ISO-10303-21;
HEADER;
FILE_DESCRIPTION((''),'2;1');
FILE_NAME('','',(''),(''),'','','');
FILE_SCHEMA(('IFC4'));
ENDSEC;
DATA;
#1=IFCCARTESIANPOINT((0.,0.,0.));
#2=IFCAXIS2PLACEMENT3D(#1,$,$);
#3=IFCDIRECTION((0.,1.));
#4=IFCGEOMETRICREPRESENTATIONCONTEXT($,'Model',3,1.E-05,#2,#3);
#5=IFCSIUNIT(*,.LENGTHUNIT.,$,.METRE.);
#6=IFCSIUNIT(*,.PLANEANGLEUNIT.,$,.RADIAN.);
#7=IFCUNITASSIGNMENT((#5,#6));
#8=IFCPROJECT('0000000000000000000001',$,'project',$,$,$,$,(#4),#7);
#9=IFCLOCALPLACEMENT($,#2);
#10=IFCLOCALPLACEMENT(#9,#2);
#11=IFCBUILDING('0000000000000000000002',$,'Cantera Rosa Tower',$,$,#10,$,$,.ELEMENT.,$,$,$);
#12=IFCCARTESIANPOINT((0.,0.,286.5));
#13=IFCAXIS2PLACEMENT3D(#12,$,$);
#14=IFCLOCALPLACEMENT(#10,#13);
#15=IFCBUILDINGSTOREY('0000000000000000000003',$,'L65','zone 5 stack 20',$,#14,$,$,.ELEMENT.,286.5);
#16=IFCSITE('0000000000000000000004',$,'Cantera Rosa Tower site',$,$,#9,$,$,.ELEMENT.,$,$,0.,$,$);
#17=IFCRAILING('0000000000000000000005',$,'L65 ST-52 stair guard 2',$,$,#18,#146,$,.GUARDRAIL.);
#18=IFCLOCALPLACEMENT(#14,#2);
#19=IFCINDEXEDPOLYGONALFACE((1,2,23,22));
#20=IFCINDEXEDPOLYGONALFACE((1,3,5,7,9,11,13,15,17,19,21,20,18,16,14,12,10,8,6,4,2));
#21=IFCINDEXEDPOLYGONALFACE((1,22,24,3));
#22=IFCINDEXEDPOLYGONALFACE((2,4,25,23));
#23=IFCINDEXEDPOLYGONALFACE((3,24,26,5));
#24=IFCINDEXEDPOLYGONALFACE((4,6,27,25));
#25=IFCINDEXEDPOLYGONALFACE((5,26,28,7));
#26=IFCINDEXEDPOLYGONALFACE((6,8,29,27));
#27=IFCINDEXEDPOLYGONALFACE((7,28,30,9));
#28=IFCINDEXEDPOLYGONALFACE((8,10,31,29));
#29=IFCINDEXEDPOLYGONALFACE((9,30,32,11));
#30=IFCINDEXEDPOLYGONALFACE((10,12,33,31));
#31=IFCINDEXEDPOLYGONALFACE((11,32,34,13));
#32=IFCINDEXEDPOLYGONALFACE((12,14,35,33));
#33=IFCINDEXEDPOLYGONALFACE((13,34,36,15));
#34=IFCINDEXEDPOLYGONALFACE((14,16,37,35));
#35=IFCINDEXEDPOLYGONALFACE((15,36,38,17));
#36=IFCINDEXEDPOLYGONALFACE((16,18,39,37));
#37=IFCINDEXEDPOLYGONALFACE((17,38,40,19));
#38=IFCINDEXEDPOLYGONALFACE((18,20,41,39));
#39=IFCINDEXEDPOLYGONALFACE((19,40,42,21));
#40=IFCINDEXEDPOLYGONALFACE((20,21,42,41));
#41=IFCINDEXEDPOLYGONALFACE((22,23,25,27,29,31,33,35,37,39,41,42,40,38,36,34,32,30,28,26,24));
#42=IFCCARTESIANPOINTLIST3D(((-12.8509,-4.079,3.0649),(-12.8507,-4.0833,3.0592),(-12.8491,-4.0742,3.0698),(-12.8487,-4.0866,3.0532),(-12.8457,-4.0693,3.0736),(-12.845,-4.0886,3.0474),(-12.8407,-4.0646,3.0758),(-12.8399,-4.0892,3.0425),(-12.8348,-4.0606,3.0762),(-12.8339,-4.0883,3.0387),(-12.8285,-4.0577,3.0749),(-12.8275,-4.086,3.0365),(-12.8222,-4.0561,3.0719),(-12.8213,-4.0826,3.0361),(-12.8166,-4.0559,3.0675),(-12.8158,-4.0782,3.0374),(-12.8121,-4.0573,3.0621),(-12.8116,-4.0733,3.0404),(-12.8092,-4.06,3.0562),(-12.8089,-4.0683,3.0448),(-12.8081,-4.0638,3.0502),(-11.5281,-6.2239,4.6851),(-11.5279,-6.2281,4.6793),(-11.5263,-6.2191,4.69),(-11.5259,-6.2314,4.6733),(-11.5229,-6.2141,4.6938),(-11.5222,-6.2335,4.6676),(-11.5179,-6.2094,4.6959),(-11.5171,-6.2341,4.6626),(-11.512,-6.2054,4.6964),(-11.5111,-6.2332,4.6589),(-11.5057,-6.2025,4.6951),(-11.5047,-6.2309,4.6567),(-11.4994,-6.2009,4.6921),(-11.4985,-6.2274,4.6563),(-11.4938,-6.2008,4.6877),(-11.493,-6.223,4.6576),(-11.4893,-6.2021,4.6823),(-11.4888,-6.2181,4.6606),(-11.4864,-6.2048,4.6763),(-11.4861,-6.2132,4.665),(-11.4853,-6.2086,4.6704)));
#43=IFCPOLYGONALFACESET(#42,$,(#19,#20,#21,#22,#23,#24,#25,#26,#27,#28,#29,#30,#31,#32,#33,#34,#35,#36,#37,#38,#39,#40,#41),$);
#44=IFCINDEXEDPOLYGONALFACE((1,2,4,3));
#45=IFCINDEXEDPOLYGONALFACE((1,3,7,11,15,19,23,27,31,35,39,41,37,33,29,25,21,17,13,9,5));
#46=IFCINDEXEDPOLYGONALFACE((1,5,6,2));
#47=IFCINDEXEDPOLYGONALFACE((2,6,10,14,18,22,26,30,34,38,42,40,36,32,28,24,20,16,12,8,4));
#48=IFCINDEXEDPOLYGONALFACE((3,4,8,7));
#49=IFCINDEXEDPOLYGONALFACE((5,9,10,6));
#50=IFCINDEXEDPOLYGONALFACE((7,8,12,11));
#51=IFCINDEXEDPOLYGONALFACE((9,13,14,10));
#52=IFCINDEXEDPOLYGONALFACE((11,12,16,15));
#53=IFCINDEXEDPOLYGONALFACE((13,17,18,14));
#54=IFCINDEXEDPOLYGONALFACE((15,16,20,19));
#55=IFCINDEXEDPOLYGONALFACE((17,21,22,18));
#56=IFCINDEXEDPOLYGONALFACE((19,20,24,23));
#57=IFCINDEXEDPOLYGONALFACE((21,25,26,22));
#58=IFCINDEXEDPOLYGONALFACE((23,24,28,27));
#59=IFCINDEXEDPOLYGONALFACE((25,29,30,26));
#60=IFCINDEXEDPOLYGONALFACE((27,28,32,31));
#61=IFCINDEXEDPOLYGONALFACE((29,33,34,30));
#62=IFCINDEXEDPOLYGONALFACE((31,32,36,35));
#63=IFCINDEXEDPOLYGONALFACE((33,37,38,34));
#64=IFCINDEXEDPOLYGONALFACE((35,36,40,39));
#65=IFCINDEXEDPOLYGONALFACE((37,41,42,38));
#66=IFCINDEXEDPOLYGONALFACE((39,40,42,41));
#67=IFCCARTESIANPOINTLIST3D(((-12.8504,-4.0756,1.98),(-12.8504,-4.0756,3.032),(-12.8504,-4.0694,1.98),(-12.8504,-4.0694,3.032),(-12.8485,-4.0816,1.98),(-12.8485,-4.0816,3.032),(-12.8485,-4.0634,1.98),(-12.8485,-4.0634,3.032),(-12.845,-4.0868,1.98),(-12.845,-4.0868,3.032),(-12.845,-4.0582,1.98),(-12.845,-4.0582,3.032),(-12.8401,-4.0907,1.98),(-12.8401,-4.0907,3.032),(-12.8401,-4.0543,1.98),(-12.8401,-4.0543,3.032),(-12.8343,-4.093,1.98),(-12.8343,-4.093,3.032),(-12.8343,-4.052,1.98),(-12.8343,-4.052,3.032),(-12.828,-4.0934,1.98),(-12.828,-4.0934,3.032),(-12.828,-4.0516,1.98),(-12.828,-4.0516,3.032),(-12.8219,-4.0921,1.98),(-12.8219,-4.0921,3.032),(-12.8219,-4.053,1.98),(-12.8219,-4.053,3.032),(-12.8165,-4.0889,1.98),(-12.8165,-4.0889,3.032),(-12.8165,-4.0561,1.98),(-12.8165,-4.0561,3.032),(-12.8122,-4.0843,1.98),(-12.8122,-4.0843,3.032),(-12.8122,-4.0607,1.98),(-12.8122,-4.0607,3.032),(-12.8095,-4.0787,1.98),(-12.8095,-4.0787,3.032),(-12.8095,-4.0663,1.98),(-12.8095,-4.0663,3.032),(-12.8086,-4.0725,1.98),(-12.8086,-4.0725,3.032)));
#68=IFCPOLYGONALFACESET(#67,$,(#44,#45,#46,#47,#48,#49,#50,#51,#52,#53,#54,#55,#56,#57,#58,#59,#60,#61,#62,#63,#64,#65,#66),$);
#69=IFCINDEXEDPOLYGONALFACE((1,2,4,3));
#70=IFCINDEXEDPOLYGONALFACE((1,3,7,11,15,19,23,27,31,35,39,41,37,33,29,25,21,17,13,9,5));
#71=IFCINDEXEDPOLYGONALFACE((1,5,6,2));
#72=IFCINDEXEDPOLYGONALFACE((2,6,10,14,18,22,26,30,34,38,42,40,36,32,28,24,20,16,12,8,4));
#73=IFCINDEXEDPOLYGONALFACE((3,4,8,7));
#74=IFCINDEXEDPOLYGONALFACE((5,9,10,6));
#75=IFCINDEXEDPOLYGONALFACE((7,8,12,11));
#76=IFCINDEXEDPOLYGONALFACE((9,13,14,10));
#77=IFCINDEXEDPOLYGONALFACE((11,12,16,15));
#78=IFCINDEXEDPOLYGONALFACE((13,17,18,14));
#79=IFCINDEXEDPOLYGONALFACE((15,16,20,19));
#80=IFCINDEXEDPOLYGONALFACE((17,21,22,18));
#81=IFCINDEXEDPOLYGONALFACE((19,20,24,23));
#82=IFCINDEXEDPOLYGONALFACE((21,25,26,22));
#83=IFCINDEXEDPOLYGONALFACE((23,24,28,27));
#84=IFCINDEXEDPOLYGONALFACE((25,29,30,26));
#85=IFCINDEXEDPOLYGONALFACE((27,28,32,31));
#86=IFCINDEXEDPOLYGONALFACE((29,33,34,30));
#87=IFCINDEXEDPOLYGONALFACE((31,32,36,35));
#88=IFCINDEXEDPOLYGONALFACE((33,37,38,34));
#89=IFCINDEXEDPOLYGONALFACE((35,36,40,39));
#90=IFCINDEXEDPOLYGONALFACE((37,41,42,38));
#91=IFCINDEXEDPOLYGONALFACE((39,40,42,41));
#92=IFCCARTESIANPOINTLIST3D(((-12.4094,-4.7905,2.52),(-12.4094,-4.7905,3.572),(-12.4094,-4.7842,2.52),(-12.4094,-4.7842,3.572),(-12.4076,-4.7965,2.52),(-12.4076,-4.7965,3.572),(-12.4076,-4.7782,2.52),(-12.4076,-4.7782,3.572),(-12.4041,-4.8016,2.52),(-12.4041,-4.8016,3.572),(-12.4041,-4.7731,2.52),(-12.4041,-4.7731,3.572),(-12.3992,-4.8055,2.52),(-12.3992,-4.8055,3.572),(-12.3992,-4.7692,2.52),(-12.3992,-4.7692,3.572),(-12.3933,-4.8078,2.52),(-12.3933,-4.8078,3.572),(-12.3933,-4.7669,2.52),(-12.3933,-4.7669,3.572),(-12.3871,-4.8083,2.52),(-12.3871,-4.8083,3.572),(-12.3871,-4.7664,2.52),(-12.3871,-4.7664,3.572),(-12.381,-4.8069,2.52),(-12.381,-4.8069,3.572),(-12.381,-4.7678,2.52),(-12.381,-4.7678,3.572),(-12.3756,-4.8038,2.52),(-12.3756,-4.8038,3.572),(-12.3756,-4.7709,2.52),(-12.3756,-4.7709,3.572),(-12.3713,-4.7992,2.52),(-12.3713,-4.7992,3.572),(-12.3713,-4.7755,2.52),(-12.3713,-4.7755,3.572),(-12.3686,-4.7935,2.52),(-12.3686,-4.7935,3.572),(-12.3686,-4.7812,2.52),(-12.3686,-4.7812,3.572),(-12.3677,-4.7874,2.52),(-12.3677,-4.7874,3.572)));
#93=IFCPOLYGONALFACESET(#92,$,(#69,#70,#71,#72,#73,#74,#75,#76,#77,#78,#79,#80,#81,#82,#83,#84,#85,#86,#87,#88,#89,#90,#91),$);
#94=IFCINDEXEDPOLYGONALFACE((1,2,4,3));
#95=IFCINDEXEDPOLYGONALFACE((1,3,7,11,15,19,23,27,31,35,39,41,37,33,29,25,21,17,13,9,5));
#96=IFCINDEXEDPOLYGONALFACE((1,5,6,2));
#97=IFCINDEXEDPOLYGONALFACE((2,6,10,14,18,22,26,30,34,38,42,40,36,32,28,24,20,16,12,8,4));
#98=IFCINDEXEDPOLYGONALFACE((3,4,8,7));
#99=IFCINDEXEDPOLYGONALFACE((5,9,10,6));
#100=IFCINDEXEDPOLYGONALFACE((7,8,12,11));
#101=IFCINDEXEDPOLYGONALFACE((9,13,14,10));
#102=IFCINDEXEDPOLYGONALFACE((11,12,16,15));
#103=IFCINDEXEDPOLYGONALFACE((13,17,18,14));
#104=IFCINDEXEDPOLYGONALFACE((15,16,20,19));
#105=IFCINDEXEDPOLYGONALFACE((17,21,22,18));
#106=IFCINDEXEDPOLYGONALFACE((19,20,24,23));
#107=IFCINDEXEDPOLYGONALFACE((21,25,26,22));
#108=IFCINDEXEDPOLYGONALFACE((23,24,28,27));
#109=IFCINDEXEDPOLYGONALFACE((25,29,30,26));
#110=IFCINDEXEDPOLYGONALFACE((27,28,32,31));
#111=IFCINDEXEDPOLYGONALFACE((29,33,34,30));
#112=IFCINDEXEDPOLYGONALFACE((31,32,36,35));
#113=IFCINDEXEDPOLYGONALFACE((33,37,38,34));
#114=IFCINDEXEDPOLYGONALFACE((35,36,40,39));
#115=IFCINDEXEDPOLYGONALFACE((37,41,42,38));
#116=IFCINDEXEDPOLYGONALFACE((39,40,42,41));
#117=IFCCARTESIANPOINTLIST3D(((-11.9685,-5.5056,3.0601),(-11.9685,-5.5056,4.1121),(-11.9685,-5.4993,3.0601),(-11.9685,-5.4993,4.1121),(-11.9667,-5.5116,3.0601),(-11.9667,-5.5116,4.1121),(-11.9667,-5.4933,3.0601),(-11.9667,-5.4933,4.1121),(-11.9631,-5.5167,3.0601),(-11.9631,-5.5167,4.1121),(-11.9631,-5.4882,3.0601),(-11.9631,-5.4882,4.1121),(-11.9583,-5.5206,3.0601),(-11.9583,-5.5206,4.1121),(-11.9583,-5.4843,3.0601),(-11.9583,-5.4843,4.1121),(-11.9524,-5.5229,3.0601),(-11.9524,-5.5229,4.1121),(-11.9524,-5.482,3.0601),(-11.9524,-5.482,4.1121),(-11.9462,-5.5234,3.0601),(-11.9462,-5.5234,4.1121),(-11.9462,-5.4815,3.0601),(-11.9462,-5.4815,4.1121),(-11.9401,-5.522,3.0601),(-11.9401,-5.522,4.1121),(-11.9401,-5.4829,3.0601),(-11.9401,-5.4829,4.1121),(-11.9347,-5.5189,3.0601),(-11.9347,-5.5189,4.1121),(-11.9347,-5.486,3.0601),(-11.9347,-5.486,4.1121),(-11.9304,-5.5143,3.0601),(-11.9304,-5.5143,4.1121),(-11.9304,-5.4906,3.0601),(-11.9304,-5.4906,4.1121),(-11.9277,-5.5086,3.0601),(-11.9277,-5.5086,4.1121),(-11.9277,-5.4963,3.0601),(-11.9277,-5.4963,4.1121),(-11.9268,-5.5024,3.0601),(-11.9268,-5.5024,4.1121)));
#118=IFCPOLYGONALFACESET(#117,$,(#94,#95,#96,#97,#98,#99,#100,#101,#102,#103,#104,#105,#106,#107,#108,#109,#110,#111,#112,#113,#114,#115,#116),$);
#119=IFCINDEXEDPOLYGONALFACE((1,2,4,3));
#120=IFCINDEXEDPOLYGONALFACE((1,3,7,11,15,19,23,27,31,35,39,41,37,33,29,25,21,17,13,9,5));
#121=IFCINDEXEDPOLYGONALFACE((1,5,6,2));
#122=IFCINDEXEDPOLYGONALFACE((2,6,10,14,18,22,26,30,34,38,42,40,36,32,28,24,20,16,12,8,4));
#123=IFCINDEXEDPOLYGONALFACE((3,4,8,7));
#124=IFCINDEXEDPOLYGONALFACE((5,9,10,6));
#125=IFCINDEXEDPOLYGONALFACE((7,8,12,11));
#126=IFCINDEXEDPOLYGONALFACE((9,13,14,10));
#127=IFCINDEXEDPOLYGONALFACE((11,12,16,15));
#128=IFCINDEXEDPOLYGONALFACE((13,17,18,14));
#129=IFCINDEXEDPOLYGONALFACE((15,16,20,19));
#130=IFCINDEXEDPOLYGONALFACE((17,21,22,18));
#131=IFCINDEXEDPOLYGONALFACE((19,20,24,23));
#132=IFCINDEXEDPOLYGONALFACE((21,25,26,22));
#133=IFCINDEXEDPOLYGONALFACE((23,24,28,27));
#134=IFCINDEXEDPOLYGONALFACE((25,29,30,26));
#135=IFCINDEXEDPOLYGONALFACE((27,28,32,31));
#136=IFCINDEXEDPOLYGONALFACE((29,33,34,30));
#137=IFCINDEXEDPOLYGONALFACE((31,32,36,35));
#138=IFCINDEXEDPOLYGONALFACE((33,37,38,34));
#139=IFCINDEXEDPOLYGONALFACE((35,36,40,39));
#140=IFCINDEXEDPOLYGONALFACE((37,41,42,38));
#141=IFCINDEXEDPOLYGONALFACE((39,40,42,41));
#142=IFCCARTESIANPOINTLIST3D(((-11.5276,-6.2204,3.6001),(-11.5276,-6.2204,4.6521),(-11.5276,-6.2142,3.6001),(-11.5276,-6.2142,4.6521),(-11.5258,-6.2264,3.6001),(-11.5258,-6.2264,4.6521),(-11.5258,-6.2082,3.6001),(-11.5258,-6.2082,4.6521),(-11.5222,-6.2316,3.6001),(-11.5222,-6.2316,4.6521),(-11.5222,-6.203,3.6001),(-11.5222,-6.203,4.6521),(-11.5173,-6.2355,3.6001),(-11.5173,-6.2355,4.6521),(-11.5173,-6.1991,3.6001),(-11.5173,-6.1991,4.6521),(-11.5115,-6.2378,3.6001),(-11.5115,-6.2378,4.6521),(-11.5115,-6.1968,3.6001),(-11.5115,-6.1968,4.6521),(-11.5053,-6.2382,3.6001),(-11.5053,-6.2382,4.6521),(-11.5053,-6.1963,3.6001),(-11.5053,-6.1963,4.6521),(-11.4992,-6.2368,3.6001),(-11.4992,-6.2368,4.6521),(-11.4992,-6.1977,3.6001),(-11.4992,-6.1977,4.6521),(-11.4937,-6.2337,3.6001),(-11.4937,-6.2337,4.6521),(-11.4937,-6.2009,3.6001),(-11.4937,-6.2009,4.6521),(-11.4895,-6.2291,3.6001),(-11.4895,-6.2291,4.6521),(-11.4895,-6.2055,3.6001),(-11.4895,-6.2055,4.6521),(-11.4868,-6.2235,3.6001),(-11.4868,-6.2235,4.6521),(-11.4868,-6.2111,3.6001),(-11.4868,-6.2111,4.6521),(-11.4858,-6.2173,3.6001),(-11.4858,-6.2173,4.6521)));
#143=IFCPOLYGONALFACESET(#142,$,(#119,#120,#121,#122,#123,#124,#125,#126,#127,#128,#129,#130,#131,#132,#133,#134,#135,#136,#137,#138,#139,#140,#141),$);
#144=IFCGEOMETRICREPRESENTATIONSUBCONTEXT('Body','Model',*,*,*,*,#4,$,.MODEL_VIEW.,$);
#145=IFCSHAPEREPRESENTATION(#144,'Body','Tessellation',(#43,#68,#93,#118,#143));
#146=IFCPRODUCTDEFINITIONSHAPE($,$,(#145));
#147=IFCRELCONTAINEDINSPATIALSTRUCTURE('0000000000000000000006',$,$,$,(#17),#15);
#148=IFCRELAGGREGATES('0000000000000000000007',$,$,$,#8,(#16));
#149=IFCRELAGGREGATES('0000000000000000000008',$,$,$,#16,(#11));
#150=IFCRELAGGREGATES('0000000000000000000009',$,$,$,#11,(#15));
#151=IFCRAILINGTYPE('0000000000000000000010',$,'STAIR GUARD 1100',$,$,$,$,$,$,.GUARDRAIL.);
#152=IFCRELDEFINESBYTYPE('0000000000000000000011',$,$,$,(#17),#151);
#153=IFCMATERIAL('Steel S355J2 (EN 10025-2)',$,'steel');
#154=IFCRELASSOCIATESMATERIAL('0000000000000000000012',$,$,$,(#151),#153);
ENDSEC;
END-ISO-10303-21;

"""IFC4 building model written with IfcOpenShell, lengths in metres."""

from ifc_helpers import new_model, si_unit, direction, frame, origin, origin_2d, place, context, subcontext, project, spatial, circle, extrude, material, type_object, element, save


model = new_model("IFC4")

# Units and contexts
model_context = context("Model", 3, precision=1e-05, world=origin(), true_north=direction((0.0, 1.0)))
body_context = subcontext(model_context, "Body", "Model", "MODEL_VIEW")
ifc_project = project(units=[si_unit("LENGTHUNIT", "METRE"), si_unit("PLANEANGLEUNIT", "RADIAN")], contexts=[model_context])

# Site, building, storey
site_placement = place(None, origin())
site = spatial("IfcSite", under=ifc_project, at=site_placement, Name="Cantera Rosa Tower site", CompositionType="ELEMENT", RefElevation=0.0)
building_placement = place(site_placement, origin())
building = spatial("IfcBuilding", under=site, at=building_placement, Name="Cantera Rosa Tower", CompositionType="ELEMENT")
storey_placement = place(building_placement, frame((0.0, 0.0, 286.5)))
storey = spatial("IfcBuildingStorey", under=building, at=storey_placement, Name="L65", Description="zone 5 stack 20", CompositionType="ELEMENT", Elevation=286.5)

# Railing
ifc_material_1 = material(Name="Steel S355J2 (EN 10025-2)", Category="steel")
railing_type_1 = type_object("IfcRailingType", Name="STAIR GUARD 1100", PredefinedType="GUARDRAIL", material=ifc_material_1)
railing_1_placement = place(storey_placement, frame((-12.8296, -4.0725, 1.98)))
element("IfcRailing", 1, at=railing_1_placement, inside=storey, type_object=railing_type_1, Name="L65 ST-52 stair guard 2", PredefinedType="GUARDRAIL", context=body_context, shape_type="SweptSolid", body=[
    extrude(circle(Radius=0.0239, at=origin_2d()), frame((0.0, 0.0, 1.0762), z_axis=(0.441543, -0.715939, 0.540805), x_axis=(0.851146, 0.52493, 0.0)), (0.0, 0.0, 1.0), 2.9958),
    extrude(circle(Radius=0.021, at=origin_2d()), origin(), (0.0, 0.0, 1.0), 1.052),
    extrude(circle(Radius=0.021, at=origin_2d()), frame((0.4409, -0.7148, 0.54)), (0.0, 0.0, 1.0), 1.052),
    extrude(circle(Radius=0.021, at=origin_2d()), frame((0.8818, -1.4299, 1.0801)), (0.0, 0.0, 1.0), 1.052),
    extrude(circle(Radius=0.021, at=origin_2d()), frame((1.3228, -2.1448, 1.6201)), (0.0, 0.0, 1.0), 1.052),
])

save(model, "model.ifc")
